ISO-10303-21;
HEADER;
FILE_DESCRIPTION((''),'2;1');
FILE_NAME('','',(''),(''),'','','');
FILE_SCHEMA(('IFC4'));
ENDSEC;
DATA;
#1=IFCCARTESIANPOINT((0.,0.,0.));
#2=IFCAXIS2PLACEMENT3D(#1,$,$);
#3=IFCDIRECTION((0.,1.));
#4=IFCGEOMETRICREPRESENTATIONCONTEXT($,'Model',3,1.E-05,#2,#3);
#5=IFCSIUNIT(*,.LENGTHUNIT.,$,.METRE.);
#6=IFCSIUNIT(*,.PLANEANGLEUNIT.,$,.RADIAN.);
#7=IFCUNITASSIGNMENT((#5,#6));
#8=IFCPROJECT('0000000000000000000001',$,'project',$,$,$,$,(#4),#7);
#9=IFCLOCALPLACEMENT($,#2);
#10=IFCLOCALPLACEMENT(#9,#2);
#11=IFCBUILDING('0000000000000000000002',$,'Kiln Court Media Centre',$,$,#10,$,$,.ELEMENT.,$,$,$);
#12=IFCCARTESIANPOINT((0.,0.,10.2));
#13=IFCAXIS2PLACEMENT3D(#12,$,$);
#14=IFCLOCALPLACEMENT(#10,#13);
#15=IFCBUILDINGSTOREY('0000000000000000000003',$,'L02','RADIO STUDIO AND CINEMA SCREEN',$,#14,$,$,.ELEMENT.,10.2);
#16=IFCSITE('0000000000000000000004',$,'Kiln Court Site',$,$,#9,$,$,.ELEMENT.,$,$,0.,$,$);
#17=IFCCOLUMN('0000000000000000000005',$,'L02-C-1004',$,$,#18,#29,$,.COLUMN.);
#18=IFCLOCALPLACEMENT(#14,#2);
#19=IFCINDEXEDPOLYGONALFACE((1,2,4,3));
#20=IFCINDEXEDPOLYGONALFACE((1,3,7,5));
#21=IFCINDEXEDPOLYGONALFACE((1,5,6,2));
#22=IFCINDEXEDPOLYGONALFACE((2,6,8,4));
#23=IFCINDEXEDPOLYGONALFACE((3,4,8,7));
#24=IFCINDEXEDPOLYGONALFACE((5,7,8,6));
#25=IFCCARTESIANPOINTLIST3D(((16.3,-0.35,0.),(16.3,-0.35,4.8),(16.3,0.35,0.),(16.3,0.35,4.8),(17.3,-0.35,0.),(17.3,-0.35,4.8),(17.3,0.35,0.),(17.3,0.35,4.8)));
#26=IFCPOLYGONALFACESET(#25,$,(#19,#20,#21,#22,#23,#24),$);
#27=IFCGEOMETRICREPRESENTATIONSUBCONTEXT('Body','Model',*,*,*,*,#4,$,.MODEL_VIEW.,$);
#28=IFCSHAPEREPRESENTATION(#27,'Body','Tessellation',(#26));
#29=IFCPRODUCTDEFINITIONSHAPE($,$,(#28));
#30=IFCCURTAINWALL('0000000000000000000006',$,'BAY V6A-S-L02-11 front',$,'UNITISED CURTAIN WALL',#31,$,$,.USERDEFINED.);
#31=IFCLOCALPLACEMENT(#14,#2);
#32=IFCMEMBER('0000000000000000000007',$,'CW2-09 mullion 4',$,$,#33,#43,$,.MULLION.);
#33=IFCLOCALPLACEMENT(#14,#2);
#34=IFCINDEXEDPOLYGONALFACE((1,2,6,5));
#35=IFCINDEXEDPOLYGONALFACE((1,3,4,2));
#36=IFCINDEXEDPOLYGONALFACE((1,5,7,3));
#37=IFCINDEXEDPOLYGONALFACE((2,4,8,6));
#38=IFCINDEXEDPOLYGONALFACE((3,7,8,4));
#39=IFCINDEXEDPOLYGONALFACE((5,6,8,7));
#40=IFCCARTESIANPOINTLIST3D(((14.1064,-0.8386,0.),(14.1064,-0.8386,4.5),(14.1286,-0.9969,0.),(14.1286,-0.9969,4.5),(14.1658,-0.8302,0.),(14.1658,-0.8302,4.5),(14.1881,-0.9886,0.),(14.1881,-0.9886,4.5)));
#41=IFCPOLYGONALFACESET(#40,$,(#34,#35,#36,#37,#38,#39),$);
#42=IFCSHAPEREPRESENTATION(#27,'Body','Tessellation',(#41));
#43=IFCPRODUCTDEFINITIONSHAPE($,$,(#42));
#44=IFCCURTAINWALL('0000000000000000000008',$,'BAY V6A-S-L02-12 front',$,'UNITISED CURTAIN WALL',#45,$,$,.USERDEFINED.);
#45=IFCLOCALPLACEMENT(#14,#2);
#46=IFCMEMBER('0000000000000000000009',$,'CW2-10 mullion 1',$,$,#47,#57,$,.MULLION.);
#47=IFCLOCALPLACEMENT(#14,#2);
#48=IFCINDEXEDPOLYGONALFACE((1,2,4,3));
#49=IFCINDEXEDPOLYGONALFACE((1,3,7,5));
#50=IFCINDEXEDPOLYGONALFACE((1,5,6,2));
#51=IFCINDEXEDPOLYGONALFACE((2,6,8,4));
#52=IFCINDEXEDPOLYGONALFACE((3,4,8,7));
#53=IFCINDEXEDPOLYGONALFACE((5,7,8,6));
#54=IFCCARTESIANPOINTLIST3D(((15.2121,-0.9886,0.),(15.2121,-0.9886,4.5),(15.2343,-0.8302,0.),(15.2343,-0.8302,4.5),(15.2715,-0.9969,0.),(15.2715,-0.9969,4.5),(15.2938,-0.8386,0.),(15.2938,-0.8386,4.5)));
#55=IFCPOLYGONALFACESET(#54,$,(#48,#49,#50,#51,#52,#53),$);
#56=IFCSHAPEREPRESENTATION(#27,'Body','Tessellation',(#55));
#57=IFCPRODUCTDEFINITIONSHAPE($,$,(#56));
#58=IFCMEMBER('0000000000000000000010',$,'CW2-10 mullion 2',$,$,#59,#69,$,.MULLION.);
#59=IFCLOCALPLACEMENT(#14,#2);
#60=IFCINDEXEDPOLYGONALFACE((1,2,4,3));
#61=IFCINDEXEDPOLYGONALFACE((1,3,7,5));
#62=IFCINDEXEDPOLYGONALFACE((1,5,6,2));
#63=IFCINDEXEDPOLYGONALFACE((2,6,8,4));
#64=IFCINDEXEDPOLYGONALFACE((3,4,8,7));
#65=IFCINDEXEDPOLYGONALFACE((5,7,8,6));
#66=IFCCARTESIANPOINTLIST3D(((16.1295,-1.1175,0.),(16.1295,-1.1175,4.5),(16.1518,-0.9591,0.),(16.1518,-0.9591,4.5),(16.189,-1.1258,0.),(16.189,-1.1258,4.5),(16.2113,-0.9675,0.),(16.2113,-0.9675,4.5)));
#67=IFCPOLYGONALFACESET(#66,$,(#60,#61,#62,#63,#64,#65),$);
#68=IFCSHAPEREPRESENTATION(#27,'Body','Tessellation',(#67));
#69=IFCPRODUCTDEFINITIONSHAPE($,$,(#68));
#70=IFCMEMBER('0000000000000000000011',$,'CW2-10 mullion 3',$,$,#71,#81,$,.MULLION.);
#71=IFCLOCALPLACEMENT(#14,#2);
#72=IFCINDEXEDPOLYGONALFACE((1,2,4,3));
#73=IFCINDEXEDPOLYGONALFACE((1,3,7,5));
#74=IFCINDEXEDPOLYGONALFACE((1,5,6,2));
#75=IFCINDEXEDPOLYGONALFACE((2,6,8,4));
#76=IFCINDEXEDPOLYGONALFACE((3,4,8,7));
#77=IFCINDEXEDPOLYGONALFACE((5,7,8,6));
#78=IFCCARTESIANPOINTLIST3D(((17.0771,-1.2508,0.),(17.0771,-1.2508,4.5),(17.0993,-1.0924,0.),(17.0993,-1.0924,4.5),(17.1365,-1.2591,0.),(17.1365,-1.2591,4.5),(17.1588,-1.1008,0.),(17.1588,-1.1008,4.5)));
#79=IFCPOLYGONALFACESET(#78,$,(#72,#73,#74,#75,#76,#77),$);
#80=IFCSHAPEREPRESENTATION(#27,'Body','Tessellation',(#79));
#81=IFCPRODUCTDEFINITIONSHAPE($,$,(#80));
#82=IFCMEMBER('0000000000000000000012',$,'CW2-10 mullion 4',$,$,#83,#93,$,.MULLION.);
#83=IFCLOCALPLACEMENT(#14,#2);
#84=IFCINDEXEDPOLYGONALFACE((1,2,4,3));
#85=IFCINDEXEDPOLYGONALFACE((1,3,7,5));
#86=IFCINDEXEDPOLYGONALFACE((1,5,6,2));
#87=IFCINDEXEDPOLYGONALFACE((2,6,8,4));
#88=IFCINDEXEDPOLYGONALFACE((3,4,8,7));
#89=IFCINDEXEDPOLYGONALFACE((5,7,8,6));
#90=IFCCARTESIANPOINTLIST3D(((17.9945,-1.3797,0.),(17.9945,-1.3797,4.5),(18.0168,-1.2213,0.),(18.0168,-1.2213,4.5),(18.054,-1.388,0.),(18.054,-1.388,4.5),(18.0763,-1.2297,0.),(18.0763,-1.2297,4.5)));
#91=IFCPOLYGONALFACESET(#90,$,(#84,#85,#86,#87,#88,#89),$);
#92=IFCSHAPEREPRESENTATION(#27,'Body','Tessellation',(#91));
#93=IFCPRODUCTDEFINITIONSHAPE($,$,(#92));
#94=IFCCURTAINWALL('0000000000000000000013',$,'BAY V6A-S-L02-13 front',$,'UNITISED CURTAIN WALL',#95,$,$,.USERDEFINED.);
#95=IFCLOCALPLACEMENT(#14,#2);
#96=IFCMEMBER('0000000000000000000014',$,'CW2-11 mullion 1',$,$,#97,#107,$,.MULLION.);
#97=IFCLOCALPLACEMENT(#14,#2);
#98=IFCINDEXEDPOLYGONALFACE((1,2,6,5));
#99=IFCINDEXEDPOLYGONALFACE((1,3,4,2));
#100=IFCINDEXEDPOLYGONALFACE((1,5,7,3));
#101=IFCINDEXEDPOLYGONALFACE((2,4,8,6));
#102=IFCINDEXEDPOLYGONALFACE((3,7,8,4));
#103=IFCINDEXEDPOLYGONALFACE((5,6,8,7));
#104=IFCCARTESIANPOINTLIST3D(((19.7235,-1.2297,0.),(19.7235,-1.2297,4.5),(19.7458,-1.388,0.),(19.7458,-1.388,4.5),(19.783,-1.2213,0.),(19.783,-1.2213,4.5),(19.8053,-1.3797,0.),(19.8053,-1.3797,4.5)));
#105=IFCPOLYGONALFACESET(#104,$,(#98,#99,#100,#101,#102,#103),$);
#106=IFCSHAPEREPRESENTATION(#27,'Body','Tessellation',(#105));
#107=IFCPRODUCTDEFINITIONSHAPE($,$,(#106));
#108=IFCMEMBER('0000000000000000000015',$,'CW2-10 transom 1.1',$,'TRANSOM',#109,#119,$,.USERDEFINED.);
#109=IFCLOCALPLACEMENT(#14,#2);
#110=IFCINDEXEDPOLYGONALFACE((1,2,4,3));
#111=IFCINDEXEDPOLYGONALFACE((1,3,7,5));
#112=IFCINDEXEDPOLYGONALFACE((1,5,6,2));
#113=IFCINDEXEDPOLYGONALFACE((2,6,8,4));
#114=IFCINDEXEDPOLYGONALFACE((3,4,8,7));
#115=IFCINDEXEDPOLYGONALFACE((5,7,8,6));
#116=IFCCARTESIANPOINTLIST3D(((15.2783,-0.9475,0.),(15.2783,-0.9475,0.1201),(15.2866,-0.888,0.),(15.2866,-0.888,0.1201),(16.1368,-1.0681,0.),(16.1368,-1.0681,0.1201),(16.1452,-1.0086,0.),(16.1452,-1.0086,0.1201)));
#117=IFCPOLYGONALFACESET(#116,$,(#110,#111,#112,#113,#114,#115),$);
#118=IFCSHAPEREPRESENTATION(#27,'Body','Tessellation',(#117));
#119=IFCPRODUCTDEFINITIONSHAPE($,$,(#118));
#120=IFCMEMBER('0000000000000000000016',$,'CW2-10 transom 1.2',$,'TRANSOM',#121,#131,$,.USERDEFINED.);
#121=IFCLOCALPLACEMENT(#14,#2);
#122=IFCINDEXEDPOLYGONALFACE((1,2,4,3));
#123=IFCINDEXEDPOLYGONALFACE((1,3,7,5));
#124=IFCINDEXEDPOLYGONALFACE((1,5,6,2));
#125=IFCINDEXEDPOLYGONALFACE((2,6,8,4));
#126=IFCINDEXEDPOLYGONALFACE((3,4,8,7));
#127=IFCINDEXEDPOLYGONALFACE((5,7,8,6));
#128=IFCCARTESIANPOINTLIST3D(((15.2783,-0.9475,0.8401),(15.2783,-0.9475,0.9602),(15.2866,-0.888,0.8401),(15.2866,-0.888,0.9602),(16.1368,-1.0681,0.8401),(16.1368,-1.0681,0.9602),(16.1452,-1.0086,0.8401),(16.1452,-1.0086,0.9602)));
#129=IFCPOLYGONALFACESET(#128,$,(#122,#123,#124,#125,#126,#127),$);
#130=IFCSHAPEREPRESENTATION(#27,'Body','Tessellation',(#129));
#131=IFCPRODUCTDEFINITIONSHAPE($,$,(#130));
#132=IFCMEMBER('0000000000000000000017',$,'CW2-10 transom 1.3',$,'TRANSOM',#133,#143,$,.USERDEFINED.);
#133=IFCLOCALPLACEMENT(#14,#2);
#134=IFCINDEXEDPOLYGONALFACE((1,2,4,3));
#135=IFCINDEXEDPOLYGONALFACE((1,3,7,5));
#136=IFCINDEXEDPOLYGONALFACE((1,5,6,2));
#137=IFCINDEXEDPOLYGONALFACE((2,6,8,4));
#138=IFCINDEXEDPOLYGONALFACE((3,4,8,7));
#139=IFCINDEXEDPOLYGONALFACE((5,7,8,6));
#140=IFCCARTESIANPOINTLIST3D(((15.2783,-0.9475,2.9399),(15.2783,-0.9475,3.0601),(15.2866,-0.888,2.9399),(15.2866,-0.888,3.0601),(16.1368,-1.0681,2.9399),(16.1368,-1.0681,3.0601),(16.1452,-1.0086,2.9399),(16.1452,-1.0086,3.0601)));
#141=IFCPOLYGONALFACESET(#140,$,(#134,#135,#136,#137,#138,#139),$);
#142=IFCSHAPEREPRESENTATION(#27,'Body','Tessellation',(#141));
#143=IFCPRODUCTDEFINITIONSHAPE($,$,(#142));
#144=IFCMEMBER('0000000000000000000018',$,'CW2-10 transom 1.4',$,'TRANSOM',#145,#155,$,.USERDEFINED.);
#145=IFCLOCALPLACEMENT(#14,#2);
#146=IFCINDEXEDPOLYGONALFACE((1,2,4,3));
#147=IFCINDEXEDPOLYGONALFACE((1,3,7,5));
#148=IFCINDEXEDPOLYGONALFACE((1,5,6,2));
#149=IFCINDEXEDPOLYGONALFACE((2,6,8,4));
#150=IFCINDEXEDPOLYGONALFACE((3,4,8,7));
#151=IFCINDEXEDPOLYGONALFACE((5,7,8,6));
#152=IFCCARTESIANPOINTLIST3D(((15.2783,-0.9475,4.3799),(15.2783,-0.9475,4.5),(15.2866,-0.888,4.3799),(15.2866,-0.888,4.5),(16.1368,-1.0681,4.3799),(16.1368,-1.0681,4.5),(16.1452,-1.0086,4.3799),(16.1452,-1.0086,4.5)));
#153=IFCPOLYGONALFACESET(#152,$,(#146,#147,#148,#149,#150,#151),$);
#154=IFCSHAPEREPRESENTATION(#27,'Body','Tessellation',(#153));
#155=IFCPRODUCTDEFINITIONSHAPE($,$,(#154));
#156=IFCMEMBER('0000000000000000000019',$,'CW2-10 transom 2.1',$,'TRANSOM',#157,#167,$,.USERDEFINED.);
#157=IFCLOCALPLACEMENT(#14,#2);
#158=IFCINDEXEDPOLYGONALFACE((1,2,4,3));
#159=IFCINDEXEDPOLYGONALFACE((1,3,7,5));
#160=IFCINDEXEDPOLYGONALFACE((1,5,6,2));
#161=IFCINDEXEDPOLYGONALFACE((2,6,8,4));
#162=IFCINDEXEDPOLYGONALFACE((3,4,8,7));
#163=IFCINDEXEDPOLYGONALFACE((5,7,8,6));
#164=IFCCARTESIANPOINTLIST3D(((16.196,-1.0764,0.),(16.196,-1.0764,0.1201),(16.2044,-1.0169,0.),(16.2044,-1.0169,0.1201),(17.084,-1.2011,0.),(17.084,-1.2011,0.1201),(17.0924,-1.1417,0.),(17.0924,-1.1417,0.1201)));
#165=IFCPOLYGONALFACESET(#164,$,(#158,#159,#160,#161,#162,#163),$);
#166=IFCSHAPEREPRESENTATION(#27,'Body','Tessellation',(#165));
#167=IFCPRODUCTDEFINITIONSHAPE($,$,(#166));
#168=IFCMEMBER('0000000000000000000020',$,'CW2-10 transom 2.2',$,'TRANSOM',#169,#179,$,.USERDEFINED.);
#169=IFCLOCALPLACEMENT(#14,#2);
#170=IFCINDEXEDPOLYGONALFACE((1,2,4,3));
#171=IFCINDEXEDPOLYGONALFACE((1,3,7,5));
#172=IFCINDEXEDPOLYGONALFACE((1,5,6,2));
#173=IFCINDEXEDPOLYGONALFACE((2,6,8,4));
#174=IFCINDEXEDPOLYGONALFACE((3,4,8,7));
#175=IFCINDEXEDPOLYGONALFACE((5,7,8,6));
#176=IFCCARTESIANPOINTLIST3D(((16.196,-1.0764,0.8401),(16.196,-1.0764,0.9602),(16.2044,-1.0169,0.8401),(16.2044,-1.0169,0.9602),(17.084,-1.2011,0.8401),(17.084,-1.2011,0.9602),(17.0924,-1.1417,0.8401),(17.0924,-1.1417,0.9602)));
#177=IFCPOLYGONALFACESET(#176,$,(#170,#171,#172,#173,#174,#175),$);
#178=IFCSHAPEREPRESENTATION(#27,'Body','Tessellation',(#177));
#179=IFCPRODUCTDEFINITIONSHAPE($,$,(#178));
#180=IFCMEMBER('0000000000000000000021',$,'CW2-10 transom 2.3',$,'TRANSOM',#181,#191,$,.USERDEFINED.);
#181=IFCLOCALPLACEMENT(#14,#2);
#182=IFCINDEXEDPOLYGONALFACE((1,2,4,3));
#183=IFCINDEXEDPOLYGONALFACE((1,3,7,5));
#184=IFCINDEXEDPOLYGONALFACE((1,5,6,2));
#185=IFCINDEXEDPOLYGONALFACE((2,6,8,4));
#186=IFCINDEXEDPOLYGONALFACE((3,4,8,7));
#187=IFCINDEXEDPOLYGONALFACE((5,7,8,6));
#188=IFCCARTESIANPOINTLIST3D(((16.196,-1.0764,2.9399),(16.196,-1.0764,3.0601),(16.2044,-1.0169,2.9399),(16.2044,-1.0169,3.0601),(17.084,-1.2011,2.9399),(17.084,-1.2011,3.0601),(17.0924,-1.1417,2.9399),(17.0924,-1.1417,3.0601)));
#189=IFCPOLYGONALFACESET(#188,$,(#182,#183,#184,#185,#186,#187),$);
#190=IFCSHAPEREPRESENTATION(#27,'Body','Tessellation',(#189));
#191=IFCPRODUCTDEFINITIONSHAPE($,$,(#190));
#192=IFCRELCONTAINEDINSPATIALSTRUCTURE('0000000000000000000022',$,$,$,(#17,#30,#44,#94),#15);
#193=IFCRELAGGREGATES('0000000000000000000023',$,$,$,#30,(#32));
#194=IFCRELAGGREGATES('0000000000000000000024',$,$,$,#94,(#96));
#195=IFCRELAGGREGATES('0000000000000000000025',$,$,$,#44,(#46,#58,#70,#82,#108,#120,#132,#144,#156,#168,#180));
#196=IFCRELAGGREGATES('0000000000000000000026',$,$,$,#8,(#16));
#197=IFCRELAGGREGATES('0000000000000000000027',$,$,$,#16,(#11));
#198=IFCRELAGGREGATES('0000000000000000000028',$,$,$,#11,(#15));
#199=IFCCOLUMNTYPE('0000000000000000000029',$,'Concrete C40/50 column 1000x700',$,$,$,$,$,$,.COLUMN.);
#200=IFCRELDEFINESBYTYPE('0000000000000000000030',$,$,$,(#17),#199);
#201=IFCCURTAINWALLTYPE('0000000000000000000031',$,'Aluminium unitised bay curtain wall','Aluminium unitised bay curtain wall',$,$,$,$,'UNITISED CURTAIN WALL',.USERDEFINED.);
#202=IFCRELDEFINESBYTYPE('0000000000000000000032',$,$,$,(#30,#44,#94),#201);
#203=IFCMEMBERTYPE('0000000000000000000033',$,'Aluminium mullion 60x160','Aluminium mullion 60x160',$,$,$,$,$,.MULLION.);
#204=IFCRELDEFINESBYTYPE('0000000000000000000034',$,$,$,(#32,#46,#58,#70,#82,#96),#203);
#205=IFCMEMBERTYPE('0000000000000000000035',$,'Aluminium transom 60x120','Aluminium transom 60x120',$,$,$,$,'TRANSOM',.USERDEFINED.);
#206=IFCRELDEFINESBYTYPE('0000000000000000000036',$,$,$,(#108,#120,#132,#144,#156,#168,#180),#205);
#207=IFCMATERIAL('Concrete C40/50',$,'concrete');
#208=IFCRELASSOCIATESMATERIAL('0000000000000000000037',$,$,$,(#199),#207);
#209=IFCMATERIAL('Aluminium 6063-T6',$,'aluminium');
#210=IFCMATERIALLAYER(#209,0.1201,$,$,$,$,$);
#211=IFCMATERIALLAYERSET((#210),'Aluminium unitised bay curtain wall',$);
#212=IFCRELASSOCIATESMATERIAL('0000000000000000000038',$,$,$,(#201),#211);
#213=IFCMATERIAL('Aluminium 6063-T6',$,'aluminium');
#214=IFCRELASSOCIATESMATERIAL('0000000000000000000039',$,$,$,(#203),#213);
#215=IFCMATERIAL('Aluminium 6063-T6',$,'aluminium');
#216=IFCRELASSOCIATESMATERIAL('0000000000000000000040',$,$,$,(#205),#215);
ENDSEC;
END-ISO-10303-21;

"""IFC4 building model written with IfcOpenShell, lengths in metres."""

from ifc_helpers import new_model, si_unit, direction, frame, origin, origin_2d, place, context, subcontext, project, spatial, rectangle, extrude, material, layer, layer_set, material_profile, profile_set, type_object, element, aggregate, save


model = new_model("IFC4")

# Units and contexts
model_context = context("Model", 3, precision=1e-05, world=origin(), true_north=direction((0.0, 1.0)))
body_context = subcontext(model_context, "Body", "Model", "MODEL_VIEW")
ifc_project = project(units=[si_unit("LENGTHUNIT", "METRE"), si_unit("PLANEANGLEUNIT", "RADIAN")], contexts=[model_context])

# Site, building, storey
site_placement = place(None, origin())
site = spatial("IfcSite", under=ifc_project, at=site_placement, Name="Kiln Court Site", CompositionType="ELEMENT", RefElevation=0.0)
building_placement = place(site_placement, origin())
building = spatial("IfcBuilding", under=site, at=building_placement, Name="Kiln Court Media Centre", CompositionType="ELEMENT")
storey_placement = place(building_placement, frame((0.0, 0.0, 10.2)))
storey = spatial("IfcBuildingStorey", under=building, at=storey_placement, Name="L02", Description="RADIO STUDIO AND CINEMA SCREEN", CompositionType="ELEMENT", Elevation=10.2)

# Column
ifc_material_1 = material(Name="Concrete C40/50", Category="concrete")
ifc_material_profile_1 = material_profile(ifc_material_1, rectangle(XDim=1.0, YDim=0.7, at=origin_2d()), Name="RC 1000x700")
ifc_profile_set_1 = profile_set([ifc_material_profile_1], Name="Concrete C40/50")
column_type = type_object("IfcColumnType", Name="Concrete C40/50 column 1000x700", PredefinedType="COLUMN", material=ifc_profile_set_1)
column_placement = place(storey_placement, frame((16.8, 0.0, 0.0), z_axis=(0.0, 0.0, 1.0), x_axis=(1.0, 0.0, 0.0)))
element("IfcColumn", 1, at=column_placement, inside=storey, type_object=column_type, Name="L02-C-1004", PredefinedType="COLUMN", context=body_context, shape_type="SweptSolid", body=[
    extrude(rectangle(XDim=1.0, YDim=0.7, at=origin_2d()), origin(), (0.0, 0.0, 1.0), 4.8),
])

# Curtain wall, member
ifc_material_2 = material(Name="Aluminium 6063-T6", Category="aluminium")
ifc_layer_1 = layer(ifc_material_2, 0.1201)
ifc_layer_set_1 = layer_set([ifc_layer_1], Name="Aluminium unitised bay curtain wall")
curtain_wall_type = type_object("IfcCurtainWallType", Name="Aluminium unitised bay curtain wall", Description="Aluminium unitised bay curtain wall", ElementType="UNITISED CURTAIN WALL", PredefinedType="USERDEFINED", material=ifc_layer_set_1)
curtain_wall_1_placement = place(storey_placement, origin())
curtain_wall_1 = element("IfcCurtainWall", 2, at=curtain_wall_1_placement, inside=storey, type_object=curtain_wall_type, Name="BAY V6A-S-L02-11 front", ObjectType="UNITISED CURTAIN WALL", PredefinedType="USERDEFINED")
ifc_material_3 = material(Name="Aluminium 6063-T6", Category="aluminium")
ifc_material_profile_2 = material_profile(ifc_material_3, rectangle(XDim=0.0601, YDim=0.1599, at=origin_2d()), Name="Aluminium mullion 60x160")
ifc_profile_set_2 = profile_set([ifc_material_profile_2], Name="Aluminium 6063-T6")
member_type_1 = type_object("IfcMemberType", Name="Aluminium mullion 60x160", Description="Aluminium mullion 60x160", PredefinedType="MULLION", material=ifc_profile_set_2)
member_1_placement = place(storey_placement, frame((14.1472, -0.9136, 0.0), z_axis=(0.0, 0.0, 1.0), x_axis=(0.99027, 0.139162, 0.0)))
member_1 = element("IfcMember", 3, at=member_1_placement, type_object=member_type_1, Name="CW2-09 mullion 4", PredefinedType="MULLION", context=body_context, shape_type="SweptSolid", body=[
    extrude(rectangle(XDim=0.0601, YDim=0.1599, at=origin_2d()), origin(), (0.0, 0.0, 1.0), 4.5),
])
aggregate(curtain_wall_1, [member_1])

# Curtain wall, members
curtain_wall_2_placement = place(storey_placement, origin())
curtain_wall_2 = element("IfcCurtainWall", 4, at=curtain_wall_2_placement, inside=storey, type_object=curtain_wall_type, Name="BAY V6A-S-L02-12 front", ObjectType="UNITISED CURTAIN WALL", PredefinedType="USERDEFINED")
member_2_placement = place(storey_placement, frame((15.2529, -0.9136, 0.0), z_axis=(0.0, 0.0, 1.0), x_axis=(0.99027, -0.139162, 0.0)))
member_2 = element("IfcMember", 5, at=member_2_placement, type_object=member_type_1, Name="CW2-10 mullion 1", PredefinedType="MULLION", context=body_context, shape_type="SweptSolid", body=[
    extrude(rectangle(XDim=0.0601, YDim=0.1599, at=origin_2d()), origin(), (0.0, 0.0, 1.0), 4.5),
])
member_3_placement = place(storey_placement, frame((16.1704, -1.0425, 0.0), z_axis=(0.0, 0.0, 1.0), x_axis=(0.99027, -0.139162, 0.0)))
member_3 = element("IfcMember", 6, at=member_3_placement, type_object=member_type_1, Name="CW2-10 mullion 2", PredefinedType="MULLION", context=body_context, shape_type="SweptSolid", body=[
    extrude(rectangle(XDim=0.0601, YDim=0.1599, at=origin_2d()), origin(), (0.0, 0.0, 1.0), 4.5),
])
member_4_placement = place(storey_placement, frame((17.1179, -1.1758, 0.0), z_axis=(0.0, 0.0, 1.0), x_axis=(0.99027, -0.139162, 0.0)))
member_4 = element("IfcMember", 7, at=member_4_placement, type_object=member_type_1, Name="CW2-10 mullion 3", PredefinedType="MULLION", context=body_context, shape_type="SweptSolid", body=[
    extrude(rectangle(XDim=0.0601, YDim=0.1599, at=origin_2d()), origin(), (0.0, 0.0, 1.0), 4.5),
])
member_5_placement = place(storey_placement, frame((18.0354, -1.3047, 0.0), z_axis=(0.0, 0.0, 1.0), x_axis=(0.99027, -0.139162, 0.0)))
member_5 = element("IfcMember", 8, at=member_5_placement, type_object=member_type_1, Name="CW2-10 mullion 4", PredefinedType="MULLION", context=body_context, shape_type="SweptSolid", body=[
    extrude(rectangle(XDim=0.0601, YDim=0.1599, at=origin_2d()), origin(), (0.0, 0.0, 1.0), 4.5),
])

# Curtain wall, member
curtain_wall_3_placement = place(storey_placement, origin())
curtain_wall_3 = element("IfcCurtainWall", 9, at=curtain_wall_3_placement, inside=storey, type_object=curtain_wall_type, Name="BAY V6A-S-L02-13 front", ObjectType="UNITISED CURTAIN WALL", PredefinedType="USERDEFINED")
member_6_placement = place(storey_placement, frame((19.7644, -1.3047, 0.0), z_axis=(0.0, 0.0, 1.0), x_axis=(0.99027, 0.139162, 0.0)))
member_6 = element("IfcMember", 10, at=member_6_placement, type_object=member_type_1, Name="CW2-11 mullion 1", PredefinedType="MULLION", context=body_context, shape_type="SweptSolid", body=[
    extrude(rectangle(XDim=0.0601, YDim=0.1599, at=origin_2d()), origin(), (0.0, 0.0, 1.0), 4.5),
])

# Members
ifc_material_4 = material(Name="Aluminium 6063-T6", Category="aluminium")
ifc_material_profile_3 = material_profile(ifc_material_4, rectangle(XDim=0.0601, YDim=0.1201, at=origin_2d()), Name="Aluminium transom 60x120")
ifc_profile_set_3 = profile_set([ifc_material_profile_3], Name="Aluminium 6063-T6")
member_type_2 = type_object("IfcMemberType", Name="Aluminium transom 60x120", Description="Aluminium transom 60x120", ElementType="TRANSOM", PredefinedType="USERDEFINED", material=ifc_profile_set_3)
member_7_placement = place(storey_placement, frame((15.2825, -0.9177, 0.0601), z_axis=(0.990274, -0.139134, 0.0), x_axis=(0.139134, 0.990274, 0.0)))
member_7 = element("IfcMember", 11, at=member_7_placement, type_object=member_type_2, Name="CW2-10 transom 1.1", ObjectType="TRANSOM", PredefinedType="USERDEFINED", context=body_context, shape_type="SweptSolid", body=[
    extrude(rectangle(XDim=0.0601, YDim=0.1201, at=origin_2d()), origin(), (0.0, 0.0, 1.0), 0.8669),
])
member_8_placement = place(storey_placement, frame((15.2825, -0.9177, 0.9001), z_axis=(0.990274, -0.139134, 0.0), x_axis=(0.139134, 0.990274, 0.0)))
member_8 = element("IfcMember", 12, at=member_8_placement, type_object=member_type_2, Name="CW2-10 transom 1.2", ObjectType="TRANSOM", PredefinedType="USERDEFINED", context=body_context, shape_type="SweptSolid", body=[
    extrude(rectangle(XDim=0.0601, YDim=0.1201, at=origin_2d()), origin(), (0.0, 0.0, 1.0), 0.8669),
])
member_9_placement = place(storey_placement, frame((15.2825, -0.9177, 3.0), z_axis=(0.990274, -0.139134, 0.0), x_axis=(0.139134, 0.990274, 0.0)))
member_9 = element("IfcMember", 13, at=member_9_placement, type_object=member_type_2, Name="CW2-10 transom 1.3", ObjectType="TRANSOM", PredefinedType="USERDEFINED", context=body_context, shape_type="SweptSolid", body=[
    extrude(rectangle(XDim=0.0601, YDim=0.1201, at=origin_2d()), origin(), (0.0, 0.0, 1.0), 0.8669),
])
member_10_placement = place(storey_placement, frame((15.2825, -0.9177, 4.4399), z_axis=(0.990274, -0.139134, 0.0), x_axis=(0.139134, 0.990274, 0.0)))
member_10 = element("IfcMember", 14, at=member_10_placement, type_object=member_type_2, Name="CW2-10 transom 1.4", ObjectType="TRANSOM", PredefinedType="USERDEFINED", context=body_context, shape_type="SweptSolid", body=[
    extrude(rectangle(XDim=0.0601, YDim=0.1201, at=origin_2d()), origin(), (0.0, 0.0, 1.0), 0.8669),
])
member_11_placement = place(storey_placement, frame((16.2002, -1.0466, 0.0601), z_axis=(0.990274, -0.139134, 0.0), x_axis=(0.139134, 0.990274, 0.0)))
member_11 = element("IfcMember", 15, at=member_11_placement, type_object=member_type_2, Name="CW2-10 transom 2.1", ObjectType="TRANSOM", PredefinedType="USERDEFINED", context=body_context, shape_type="SweptSolid", body=[
    extrude(rectangle(XDim=0.0601, YDim=0.1201, at=origin_2d()), origin(), (0.0, 0.0, 1.0), 0.8967),
])
member_12_placement = place(storey_placement, frame((16.2002, -1.0466, 0.9001), z_axis=(0.990274, -0.139134, 0.0), x_axis=(0.139134, 0.990274, 0.0)))
member_12 = element("IfcMember", 16, at=member_12_placement, type_object=member_type_2, Name="CW2-10 transom 2.2", ObjectType="TRANSOM", PredefinedType="USERDEFINED", context=body_context, shape_type="SweptSolid", body=[
    extrude(rectangle(XDim=0.0601, YDim=0.1201, at=origin_2d()), origin(), (0.0, 0.0, 1.0), 0.8967),
])
member_13_placement = place(storey_placement, frame((16.2002, -1.0466, 3.0), z_axis=(0.990274, -0.139134, 0.0), x_axis=(0.139134, 0.990274, 0.0)))
member_13 = element("IfcMember", 17, at=member_13_placement, type_object=member_type_2, Name="CW2-10 transom 2.3", ObjectType="TRANSOM", PredefinedType="USERDEFINED", context=body_context, shape_type="SweptSolid", body=[
    extrude(rectangle(XDim=0.0601, YDim=0.1201, at=origin_2d()), origin(), (0.0, 0.0, 1.0), 0.8967),
])

aggregate(curtain_wall_3, [member_6])
aggregate(curtain_wall_2, [member_2, member_3, member_4, member_5, member_7, member_8, member_9, member_10, member_11, member_12, member_13])

save(model, "model.ifc")
